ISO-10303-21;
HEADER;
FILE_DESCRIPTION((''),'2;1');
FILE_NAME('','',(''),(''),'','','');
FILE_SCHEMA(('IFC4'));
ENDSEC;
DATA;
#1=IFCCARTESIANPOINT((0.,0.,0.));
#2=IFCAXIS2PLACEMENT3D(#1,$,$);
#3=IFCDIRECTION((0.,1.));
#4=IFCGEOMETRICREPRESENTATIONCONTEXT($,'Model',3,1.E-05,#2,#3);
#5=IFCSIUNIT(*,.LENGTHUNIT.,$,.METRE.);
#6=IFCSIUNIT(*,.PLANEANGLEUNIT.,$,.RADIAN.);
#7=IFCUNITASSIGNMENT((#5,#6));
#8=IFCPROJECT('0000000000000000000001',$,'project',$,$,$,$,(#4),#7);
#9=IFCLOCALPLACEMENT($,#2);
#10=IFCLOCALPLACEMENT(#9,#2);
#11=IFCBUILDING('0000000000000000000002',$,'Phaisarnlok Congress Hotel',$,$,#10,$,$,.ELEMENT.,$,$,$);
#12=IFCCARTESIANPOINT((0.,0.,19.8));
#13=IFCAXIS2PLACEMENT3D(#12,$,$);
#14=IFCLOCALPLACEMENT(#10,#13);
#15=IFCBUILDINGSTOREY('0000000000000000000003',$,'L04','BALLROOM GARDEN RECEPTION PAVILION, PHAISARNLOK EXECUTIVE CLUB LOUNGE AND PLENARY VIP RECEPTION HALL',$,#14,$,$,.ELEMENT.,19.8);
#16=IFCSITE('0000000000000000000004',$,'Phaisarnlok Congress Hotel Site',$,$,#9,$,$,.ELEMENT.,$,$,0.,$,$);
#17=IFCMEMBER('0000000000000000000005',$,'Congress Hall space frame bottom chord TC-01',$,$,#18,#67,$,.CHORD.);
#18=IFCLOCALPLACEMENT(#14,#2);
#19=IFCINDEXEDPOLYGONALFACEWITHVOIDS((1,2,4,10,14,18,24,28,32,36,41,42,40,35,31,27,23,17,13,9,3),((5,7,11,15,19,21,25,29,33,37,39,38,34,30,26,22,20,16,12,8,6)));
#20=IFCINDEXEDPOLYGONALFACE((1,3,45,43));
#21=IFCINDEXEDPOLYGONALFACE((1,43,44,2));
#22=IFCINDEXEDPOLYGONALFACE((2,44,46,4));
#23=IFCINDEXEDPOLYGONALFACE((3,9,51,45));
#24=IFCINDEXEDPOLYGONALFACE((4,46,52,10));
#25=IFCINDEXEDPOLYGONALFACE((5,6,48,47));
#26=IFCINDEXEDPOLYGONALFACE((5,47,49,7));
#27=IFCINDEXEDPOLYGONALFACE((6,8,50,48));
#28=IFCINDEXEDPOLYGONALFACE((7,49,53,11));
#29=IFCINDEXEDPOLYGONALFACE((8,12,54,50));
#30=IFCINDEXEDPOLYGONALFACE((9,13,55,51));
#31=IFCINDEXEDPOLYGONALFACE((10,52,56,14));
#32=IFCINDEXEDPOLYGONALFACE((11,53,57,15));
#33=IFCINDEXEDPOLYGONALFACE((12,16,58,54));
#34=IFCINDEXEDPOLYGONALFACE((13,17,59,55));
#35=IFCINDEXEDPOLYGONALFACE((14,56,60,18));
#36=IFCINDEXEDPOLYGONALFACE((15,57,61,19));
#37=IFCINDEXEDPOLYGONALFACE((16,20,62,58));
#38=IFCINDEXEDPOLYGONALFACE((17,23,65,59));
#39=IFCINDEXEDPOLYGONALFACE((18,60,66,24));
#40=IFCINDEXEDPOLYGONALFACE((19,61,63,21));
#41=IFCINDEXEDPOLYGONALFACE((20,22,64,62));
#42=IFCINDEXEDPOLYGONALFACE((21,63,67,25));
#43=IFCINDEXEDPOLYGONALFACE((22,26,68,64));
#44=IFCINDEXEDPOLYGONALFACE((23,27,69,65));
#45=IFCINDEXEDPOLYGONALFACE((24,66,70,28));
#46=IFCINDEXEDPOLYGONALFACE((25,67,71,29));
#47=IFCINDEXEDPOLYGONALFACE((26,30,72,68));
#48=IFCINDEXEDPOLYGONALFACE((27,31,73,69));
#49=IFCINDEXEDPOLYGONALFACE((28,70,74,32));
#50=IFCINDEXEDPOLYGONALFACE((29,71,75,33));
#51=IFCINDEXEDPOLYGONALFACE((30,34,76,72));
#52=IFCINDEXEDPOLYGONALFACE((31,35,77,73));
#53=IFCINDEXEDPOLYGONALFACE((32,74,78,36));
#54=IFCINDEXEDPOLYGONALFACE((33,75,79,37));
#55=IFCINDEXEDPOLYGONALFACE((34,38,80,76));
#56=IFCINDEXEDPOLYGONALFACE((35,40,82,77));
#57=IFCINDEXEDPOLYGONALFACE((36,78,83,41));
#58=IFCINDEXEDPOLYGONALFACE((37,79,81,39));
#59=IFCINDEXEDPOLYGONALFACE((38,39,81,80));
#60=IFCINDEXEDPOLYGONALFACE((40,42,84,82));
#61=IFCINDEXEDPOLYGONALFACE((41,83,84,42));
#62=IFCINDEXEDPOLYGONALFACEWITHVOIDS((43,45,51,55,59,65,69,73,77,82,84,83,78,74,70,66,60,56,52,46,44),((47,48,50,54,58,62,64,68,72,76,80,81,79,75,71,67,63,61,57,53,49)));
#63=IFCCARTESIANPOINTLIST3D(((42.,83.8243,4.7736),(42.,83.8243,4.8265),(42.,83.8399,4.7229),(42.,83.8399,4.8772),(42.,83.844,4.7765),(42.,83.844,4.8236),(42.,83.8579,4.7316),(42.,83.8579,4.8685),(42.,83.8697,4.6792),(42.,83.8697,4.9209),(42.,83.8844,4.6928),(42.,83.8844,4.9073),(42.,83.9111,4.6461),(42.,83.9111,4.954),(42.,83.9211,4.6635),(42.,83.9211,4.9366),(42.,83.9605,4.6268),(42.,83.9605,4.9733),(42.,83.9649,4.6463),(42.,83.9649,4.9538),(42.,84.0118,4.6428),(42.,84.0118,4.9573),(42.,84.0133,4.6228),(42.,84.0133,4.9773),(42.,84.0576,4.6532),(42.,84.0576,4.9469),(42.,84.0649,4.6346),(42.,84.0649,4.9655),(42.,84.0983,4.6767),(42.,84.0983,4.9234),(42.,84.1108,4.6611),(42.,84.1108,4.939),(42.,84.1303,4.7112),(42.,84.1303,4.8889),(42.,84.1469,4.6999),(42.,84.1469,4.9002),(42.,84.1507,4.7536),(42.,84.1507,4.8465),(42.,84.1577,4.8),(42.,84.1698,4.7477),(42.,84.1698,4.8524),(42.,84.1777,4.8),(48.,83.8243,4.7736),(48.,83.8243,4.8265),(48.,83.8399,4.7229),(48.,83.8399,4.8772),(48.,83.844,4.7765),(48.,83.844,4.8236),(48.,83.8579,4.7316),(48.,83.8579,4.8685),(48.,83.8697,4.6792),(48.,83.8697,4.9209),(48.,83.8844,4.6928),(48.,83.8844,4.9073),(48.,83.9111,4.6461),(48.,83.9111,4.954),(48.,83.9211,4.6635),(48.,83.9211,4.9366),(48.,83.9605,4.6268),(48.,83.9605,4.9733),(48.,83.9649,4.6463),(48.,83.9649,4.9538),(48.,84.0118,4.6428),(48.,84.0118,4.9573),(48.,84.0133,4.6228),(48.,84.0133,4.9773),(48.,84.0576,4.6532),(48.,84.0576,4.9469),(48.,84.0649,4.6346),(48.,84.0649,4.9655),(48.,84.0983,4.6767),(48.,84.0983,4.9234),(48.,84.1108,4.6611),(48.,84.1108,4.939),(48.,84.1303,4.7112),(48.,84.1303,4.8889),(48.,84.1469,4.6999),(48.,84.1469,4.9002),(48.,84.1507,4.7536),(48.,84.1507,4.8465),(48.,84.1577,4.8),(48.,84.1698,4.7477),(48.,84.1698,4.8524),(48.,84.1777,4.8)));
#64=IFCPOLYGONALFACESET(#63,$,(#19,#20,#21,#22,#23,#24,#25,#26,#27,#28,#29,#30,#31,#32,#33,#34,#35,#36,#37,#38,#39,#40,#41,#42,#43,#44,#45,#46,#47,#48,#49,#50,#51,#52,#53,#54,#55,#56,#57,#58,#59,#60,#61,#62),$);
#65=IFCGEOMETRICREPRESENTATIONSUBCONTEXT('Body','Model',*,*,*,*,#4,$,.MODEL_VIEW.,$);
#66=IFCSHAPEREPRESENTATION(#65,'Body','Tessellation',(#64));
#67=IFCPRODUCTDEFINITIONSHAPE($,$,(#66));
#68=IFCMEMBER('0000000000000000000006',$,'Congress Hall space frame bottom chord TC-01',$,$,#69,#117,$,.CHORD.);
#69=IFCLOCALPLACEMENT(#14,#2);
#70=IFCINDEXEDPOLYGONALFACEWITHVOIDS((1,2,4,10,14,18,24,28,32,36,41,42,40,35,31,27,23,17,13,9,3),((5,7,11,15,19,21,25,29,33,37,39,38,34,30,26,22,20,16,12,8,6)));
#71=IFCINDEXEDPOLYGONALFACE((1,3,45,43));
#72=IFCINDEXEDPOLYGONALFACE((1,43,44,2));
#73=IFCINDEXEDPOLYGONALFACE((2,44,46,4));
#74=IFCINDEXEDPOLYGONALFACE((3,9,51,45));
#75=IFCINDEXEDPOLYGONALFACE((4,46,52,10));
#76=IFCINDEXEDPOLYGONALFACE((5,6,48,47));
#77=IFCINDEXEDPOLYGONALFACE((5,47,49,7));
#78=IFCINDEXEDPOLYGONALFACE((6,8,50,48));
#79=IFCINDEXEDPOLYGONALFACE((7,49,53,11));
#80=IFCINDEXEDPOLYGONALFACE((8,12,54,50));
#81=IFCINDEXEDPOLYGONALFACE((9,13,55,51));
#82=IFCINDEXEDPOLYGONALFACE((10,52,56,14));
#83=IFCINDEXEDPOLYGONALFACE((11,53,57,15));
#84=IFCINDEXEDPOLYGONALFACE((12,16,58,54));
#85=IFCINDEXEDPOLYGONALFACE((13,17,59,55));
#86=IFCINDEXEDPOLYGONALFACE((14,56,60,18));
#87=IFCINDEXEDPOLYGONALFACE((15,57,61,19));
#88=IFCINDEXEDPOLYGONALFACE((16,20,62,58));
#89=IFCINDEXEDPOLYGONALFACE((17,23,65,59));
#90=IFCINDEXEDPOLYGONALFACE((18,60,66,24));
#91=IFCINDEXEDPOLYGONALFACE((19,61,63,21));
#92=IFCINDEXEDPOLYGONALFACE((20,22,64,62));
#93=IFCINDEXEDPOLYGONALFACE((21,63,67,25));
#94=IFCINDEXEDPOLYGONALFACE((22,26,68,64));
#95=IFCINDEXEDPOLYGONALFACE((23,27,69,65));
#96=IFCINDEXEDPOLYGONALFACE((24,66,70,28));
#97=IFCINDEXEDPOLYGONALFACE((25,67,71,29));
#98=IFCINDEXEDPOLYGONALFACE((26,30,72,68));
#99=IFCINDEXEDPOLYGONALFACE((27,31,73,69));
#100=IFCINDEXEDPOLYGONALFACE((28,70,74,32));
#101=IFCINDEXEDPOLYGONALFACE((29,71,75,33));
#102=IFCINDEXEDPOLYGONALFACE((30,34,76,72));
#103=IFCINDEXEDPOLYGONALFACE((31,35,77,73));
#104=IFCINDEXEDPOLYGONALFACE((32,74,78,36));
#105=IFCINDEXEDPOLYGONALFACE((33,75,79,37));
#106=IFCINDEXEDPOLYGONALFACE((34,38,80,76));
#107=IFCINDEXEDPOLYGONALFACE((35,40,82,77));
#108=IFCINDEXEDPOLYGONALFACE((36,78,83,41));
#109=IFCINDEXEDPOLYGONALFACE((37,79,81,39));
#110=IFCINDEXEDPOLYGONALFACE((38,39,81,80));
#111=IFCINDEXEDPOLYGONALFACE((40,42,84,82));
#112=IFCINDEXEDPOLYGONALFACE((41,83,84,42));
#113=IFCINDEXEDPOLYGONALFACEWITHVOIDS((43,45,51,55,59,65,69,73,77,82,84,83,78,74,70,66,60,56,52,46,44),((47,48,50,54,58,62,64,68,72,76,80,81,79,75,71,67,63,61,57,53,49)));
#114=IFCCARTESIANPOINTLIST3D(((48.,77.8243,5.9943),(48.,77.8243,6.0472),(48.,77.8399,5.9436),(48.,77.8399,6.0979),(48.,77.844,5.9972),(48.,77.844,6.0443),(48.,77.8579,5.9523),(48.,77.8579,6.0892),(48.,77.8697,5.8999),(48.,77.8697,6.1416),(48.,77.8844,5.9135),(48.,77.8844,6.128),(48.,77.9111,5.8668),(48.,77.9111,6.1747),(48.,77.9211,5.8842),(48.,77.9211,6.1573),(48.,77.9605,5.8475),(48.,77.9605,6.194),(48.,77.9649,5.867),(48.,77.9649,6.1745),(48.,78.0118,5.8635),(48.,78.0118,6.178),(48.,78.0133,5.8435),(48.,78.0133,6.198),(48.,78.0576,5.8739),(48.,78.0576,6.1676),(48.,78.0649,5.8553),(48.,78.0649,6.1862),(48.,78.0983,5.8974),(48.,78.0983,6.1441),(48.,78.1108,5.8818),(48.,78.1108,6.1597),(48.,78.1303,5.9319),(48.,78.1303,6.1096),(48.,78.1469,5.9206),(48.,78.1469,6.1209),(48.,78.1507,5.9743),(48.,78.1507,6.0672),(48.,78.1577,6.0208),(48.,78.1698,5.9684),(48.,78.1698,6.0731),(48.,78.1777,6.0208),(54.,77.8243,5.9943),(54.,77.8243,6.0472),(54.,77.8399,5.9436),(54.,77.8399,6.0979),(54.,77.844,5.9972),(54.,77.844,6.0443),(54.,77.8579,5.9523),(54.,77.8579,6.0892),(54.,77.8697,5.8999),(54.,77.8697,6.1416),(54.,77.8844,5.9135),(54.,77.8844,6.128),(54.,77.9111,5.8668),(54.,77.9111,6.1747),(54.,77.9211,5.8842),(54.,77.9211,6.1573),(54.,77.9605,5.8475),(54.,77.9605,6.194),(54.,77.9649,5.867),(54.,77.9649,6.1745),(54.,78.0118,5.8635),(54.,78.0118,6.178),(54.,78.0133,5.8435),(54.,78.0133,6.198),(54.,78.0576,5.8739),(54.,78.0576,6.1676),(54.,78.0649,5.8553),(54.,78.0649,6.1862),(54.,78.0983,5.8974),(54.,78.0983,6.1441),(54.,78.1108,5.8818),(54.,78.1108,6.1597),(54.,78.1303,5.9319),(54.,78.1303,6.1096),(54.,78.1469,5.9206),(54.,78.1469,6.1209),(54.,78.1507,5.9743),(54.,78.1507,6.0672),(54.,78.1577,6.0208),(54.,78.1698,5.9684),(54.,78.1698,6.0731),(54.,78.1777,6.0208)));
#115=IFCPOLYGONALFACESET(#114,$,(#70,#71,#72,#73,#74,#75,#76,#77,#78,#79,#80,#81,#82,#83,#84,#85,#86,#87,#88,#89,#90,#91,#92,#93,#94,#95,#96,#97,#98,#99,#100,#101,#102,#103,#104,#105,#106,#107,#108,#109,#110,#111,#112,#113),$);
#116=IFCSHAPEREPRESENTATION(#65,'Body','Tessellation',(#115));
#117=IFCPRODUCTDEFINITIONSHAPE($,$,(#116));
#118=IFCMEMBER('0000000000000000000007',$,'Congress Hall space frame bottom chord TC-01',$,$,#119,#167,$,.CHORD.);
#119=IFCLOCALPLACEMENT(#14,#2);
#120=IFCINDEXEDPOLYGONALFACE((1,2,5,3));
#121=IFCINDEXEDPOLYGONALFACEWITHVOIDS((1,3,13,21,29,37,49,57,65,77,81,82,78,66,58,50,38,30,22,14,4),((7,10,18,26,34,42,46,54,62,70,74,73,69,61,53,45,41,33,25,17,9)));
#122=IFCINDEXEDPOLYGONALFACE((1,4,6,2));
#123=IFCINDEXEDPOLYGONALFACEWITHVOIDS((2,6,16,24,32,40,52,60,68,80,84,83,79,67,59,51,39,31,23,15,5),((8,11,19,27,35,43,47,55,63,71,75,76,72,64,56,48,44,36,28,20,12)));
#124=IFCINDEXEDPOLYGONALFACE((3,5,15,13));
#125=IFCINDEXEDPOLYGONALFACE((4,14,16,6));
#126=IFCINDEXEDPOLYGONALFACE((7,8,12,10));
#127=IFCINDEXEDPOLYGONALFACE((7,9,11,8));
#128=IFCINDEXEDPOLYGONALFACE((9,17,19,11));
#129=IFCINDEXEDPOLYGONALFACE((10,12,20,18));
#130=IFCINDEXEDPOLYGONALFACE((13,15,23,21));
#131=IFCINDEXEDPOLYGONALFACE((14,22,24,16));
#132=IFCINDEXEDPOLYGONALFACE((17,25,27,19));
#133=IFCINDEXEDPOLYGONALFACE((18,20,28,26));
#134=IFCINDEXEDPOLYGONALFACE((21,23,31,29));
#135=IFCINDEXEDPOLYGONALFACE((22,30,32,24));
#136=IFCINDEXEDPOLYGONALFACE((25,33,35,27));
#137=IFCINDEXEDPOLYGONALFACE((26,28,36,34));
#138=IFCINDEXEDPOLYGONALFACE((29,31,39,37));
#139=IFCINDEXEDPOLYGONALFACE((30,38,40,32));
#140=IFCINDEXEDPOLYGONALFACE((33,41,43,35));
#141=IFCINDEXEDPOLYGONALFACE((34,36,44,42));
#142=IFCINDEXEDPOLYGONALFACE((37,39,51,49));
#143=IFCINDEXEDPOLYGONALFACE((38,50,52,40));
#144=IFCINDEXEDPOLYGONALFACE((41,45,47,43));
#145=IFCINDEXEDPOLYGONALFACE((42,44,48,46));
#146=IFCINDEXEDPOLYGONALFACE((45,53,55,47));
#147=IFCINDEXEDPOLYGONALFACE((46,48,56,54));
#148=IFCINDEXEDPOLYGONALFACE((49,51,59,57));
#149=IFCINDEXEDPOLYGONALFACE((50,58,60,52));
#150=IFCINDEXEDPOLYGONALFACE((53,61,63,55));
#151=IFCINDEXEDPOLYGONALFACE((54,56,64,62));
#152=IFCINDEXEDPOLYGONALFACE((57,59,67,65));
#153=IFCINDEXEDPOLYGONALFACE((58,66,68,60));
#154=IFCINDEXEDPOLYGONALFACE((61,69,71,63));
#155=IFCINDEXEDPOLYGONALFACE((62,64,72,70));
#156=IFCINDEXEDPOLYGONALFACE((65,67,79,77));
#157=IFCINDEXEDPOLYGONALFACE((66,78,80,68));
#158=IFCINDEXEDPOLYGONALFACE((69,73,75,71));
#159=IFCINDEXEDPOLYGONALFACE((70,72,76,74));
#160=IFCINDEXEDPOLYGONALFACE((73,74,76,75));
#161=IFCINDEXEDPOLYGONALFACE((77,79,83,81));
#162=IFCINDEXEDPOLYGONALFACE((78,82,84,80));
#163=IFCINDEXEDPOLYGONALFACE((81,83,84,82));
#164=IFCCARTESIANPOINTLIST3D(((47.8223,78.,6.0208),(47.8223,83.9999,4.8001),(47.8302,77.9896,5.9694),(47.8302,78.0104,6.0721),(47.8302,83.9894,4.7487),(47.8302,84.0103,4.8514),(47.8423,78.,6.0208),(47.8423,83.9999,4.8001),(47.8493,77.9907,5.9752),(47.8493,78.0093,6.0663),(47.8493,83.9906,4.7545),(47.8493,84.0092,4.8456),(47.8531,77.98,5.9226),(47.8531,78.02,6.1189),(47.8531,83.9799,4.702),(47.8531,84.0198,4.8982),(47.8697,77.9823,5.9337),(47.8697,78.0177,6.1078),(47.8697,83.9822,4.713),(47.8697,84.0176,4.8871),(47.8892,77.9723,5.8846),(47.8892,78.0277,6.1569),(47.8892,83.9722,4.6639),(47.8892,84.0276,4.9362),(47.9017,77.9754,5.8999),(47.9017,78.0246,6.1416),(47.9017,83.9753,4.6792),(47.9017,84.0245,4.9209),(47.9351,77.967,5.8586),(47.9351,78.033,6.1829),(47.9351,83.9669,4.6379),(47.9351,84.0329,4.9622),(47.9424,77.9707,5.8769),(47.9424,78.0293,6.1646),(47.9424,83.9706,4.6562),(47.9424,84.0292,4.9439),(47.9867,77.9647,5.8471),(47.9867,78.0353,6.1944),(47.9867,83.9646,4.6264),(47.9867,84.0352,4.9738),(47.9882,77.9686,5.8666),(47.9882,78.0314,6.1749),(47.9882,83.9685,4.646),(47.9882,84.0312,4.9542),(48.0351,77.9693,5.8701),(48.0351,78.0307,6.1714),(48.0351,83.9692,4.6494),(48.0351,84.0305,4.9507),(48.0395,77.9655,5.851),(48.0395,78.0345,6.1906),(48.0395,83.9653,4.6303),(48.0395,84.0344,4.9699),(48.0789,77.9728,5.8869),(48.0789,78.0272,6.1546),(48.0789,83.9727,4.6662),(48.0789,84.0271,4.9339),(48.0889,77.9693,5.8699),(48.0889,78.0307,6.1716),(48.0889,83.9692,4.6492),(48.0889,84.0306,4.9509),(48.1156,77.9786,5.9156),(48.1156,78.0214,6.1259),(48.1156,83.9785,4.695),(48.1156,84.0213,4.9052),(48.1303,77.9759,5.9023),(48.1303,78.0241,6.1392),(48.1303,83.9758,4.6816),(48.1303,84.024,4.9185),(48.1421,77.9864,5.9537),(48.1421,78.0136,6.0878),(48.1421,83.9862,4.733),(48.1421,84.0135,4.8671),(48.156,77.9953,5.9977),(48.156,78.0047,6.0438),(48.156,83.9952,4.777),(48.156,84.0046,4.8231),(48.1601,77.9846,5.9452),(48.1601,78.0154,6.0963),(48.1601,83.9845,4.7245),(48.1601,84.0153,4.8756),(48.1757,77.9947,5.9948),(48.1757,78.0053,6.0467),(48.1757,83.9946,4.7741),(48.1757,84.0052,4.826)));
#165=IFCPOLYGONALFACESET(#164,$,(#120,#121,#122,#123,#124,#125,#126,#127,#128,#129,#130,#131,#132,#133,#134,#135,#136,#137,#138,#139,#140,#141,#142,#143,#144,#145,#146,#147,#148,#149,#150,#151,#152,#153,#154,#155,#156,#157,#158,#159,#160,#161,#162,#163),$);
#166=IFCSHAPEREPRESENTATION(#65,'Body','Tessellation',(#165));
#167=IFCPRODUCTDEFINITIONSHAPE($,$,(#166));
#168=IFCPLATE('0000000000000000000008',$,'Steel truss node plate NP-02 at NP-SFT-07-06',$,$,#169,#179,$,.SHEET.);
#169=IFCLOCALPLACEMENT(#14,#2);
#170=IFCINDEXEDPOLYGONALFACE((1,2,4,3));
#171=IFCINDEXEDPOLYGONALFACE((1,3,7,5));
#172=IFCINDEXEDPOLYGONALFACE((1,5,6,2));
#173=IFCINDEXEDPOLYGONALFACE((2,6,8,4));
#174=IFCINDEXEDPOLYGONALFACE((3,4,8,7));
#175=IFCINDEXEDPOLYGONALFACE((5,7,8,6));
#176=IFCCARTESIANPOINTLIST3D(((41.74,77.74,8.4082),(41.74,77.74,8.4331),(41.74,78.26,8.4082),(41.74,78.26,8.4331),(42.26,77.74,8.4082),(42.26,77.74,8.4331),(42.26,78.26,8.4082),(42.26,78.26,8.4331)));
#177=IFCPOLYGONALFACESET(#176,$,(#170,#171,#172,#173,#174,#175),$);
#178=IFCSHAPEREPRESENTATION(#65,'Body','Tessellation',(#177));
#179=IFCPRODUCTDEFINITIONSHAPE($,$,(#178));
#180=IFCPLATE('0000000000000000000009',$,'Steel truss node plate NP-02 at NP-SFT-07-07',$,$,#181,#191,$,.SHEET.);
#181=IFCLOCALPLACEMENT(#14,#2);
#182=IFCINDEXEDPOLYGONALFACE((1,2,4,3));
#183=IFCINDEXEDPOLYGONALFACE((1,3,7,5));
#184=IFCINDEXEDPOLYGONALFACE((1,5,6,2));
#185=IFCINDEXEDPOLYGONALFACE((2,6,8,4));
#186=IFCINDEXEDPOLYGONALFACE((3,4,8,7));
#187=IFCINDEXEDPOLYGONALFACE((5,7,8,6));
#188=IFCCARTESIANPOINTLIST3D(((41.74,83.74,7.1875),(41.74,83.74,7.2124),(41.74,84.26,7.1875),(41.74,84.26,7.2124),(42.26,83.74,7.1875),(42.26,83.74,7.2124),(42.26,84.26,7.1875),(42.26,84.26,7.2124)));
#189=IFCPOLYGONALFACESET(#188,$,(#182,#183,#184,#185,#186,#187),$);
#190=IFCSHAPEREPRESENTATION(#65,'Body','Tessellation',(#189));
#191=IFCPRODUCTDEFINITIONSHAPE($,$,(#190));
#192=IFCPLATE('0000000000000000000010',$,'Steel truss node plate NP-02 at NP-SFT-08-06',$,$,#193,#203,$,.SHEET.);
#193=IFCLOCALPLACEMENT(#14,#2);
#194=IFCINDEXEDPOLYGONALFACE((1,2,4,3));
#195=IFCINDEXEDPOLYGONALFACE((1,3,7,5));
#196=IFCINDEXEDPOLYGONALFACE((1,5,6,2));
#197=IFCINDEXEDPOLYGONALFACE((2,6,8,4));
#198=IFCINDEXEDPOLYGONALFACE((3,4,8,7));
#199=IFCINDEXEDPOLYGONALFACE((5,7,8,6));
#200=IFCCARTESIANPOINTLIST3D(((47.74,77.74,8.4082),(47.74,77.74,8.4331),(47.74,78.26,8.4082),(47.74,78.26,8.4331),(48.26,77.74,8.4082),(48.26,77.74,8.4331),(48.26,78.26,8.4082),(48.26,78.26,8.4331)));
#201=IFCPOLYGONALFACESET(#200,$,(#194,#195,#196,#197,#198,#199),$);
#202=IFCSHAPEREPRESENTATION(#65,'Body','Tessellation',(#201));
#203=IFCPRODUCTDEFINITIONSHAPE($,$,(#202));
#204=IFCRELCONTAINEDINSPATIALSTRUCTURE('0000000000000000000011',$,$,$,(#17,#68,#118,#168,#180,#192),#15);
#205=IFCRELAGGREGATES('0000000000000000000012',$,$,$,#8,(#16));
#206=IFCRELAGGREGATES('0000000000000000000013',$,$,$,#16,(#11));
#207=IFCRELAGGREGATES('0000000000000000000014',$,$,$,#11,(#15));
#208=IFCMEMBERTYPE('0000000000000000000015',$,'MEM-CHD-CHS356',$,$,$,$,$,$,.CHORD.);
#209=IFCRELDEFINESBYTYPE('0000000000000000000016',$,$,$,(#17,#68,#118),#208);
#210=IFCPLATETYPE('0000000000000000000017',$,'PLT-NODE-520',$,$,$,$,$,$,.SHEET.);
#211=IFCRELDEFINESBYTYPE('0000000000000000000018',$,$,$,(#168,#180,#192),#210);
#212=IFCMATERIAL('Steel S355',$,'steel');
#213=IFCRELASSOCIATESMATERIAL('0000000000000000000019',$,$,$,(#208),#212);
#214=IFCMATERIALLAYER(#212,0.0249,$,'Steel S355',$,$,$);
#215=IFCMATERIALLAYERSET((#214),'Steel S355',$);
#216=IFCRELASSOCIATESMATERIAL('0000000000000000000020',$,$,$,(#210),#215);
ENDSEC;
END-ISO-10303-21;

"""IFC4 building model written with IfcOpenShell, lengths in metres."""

from ifc_helpers import new_model, si_unit, direction, frame, origin, origin_2d, place, context, subcontext, project, spatial, rectangle, hollow_circle, extrude, material, layer, layer_set, material_profile, profile_set, type_object, element, save


model = new_model("IFC4")

# Units and contexts
model_context = context("Model", 3, precision=1e-05, world=origin(), true_north=direction((0.0, 1.0)))
body_context = subcontext(model_context, "Body", "Model", "MODEL_VIEW")
ifc_project = project(units=[si_unit("LENGTHUNIT", "METRE"), si_unit("PLANEANGLEUNIT", "RADIAN")], contexts=[model_context])

# Site, building, storey
site_placement = place(None, origin())
site = spatial("IfcSite", under=ifc_project, at=site_placement, Name="Phaisarnlok Congress Hotel Site", CompositionType="ELEMENT", RefElevation=0.0)
building_placement = place(site_placement, origin())
building = spatial("IfcBuilding", under=site, at=building_placement, Name="Phaisarnlok Congress Hotel", CompositionType="ELEMENT")
storey_placement = place(building_placement, frame((0.0, 0.0, 19.8)))
storey = spatial("IfcBuildingStorey", under=building, at=storey_placement, Name="L04", Description="BALLROOM GARDEN RECEPTION PAVILION, PHAISARNLOK EXECUTIVE CLUB LOUNGE AND PLENARY VIP RECEPTION HALL", CompositionType="ELEMENT", Elevation=19.8)

# Members
ifc_material_1 = material(Name="Steel S355", Category="steel")
ifc_material_profile_1 = material_profile(ifc_material_1, hollow_circle(Radius=0.1777, WallThickness=0.02, at=origin_2d()), Name="CHS 355.6x20")
ifc_profile_set_1 = profile_set([ifc_material_profile_1], Name="Steel S355")
member_type_1 = type_object("IfcMemberType", Name="MEM-CHD-CHS356", PredefinedType="CHORD", material=ifc_profile_set_1)
for number, where, z_axis, x_axis, name in (
    (1, (42.0, 84.0, 4.8), (1.0, 0.0, 0.0), (0.0, 1.0, 0.0), "Congress Hall space frame bottom chord TC-01"),
    (2, (48.0, 78.0, 6.0208), (1.0, 0.0, 0.0), (0.0, 1.0, 0.0), "Congress Hall space frame bottom chord TC-01"),
):
    element("IfcMember", number, at=place(storey_placement, frame(where, z_axis=z_axis, x_axis=x_axis)), inside=storey, type_object=member_type_1, Name=name, PredefinedType="CHORD", context=body_context, shape_type="SweptSolid", body=[
        extrude(hollow_circle(Radius=0.1777, WallThickness=0.02, at=origin_2d()), origin(), (0.0, 0.0, 1.0), 6.0),
    ])
member_1_placement = place(storey_placement, frame((48.0, 78.0, 6.0208), z_axis=(0.0, 0.979925, -0.199366), x_axis=(-1.0, 0.0, 0.0)))
element("IfcMember", 3, at=member_1_placement, inside=storey, type_object=member_type_1, Name="Congress Hall space frame bottom chord TC-01", PredefinedType="CHORD", context=body_context, shape_type="SweptSolid", body=[
    extrude(hollow_circle(Radius=0.1777, WallThickness=0.02, at=origin_2d()), origin(), (0.0, 0.0, 1.0), 6.1228),
])

# Plates
ifc_layer_1 = layer(ifc_material_1, 0.0249, Name="Steel S355")
ifc_layer_set_1 = layer_set([ifc_layer_1], Name="Steel S355")
plate_type_1 = type_object("IfcPlateType", Name="PLT-NODE-520", PredefinedType="SHEET", material=ifc_layer_set_1)
for number, where, z_axis, x_axis, name in (
    (4, (42.0, 78.0, 8.4082), (0.0, 0.0, 1.0), (1.0, 0.0, 0.0), "Steel truss node plate NP-02 at NP-SFT-07-06"),
    (5, (42.0, 84.0, 7.1875), (0.0, 0.0, 1.0), (1.0, 0.0, 0.0), "Steel truss node plate NP-02 at NP-SFT-07-07"),
    (6, (48.0, 78.0, 8.4082), (0.0, 0.0, 1.0), (1.0, 0.0, 0.0), "Steel truss node plate NP-02 at NP-SFT-08-06"),
):
    element("IfcPlate", number, at=place(storey_placement, frame(where, z_axis=z_axis, x_axis=x_axis)), inside=storey, type_object=plate_type_1, Name=name, PredefinedType="SHEET", context=body_context, shape_type="SweptSolid", body=[
        extrude(rectangle(XDim=0.52, YDim=0.52, at=origin_2d()), origin(), (0.0, 0.0, 1.0), 0.0249),
    ])

save(model, "model.ifc")
